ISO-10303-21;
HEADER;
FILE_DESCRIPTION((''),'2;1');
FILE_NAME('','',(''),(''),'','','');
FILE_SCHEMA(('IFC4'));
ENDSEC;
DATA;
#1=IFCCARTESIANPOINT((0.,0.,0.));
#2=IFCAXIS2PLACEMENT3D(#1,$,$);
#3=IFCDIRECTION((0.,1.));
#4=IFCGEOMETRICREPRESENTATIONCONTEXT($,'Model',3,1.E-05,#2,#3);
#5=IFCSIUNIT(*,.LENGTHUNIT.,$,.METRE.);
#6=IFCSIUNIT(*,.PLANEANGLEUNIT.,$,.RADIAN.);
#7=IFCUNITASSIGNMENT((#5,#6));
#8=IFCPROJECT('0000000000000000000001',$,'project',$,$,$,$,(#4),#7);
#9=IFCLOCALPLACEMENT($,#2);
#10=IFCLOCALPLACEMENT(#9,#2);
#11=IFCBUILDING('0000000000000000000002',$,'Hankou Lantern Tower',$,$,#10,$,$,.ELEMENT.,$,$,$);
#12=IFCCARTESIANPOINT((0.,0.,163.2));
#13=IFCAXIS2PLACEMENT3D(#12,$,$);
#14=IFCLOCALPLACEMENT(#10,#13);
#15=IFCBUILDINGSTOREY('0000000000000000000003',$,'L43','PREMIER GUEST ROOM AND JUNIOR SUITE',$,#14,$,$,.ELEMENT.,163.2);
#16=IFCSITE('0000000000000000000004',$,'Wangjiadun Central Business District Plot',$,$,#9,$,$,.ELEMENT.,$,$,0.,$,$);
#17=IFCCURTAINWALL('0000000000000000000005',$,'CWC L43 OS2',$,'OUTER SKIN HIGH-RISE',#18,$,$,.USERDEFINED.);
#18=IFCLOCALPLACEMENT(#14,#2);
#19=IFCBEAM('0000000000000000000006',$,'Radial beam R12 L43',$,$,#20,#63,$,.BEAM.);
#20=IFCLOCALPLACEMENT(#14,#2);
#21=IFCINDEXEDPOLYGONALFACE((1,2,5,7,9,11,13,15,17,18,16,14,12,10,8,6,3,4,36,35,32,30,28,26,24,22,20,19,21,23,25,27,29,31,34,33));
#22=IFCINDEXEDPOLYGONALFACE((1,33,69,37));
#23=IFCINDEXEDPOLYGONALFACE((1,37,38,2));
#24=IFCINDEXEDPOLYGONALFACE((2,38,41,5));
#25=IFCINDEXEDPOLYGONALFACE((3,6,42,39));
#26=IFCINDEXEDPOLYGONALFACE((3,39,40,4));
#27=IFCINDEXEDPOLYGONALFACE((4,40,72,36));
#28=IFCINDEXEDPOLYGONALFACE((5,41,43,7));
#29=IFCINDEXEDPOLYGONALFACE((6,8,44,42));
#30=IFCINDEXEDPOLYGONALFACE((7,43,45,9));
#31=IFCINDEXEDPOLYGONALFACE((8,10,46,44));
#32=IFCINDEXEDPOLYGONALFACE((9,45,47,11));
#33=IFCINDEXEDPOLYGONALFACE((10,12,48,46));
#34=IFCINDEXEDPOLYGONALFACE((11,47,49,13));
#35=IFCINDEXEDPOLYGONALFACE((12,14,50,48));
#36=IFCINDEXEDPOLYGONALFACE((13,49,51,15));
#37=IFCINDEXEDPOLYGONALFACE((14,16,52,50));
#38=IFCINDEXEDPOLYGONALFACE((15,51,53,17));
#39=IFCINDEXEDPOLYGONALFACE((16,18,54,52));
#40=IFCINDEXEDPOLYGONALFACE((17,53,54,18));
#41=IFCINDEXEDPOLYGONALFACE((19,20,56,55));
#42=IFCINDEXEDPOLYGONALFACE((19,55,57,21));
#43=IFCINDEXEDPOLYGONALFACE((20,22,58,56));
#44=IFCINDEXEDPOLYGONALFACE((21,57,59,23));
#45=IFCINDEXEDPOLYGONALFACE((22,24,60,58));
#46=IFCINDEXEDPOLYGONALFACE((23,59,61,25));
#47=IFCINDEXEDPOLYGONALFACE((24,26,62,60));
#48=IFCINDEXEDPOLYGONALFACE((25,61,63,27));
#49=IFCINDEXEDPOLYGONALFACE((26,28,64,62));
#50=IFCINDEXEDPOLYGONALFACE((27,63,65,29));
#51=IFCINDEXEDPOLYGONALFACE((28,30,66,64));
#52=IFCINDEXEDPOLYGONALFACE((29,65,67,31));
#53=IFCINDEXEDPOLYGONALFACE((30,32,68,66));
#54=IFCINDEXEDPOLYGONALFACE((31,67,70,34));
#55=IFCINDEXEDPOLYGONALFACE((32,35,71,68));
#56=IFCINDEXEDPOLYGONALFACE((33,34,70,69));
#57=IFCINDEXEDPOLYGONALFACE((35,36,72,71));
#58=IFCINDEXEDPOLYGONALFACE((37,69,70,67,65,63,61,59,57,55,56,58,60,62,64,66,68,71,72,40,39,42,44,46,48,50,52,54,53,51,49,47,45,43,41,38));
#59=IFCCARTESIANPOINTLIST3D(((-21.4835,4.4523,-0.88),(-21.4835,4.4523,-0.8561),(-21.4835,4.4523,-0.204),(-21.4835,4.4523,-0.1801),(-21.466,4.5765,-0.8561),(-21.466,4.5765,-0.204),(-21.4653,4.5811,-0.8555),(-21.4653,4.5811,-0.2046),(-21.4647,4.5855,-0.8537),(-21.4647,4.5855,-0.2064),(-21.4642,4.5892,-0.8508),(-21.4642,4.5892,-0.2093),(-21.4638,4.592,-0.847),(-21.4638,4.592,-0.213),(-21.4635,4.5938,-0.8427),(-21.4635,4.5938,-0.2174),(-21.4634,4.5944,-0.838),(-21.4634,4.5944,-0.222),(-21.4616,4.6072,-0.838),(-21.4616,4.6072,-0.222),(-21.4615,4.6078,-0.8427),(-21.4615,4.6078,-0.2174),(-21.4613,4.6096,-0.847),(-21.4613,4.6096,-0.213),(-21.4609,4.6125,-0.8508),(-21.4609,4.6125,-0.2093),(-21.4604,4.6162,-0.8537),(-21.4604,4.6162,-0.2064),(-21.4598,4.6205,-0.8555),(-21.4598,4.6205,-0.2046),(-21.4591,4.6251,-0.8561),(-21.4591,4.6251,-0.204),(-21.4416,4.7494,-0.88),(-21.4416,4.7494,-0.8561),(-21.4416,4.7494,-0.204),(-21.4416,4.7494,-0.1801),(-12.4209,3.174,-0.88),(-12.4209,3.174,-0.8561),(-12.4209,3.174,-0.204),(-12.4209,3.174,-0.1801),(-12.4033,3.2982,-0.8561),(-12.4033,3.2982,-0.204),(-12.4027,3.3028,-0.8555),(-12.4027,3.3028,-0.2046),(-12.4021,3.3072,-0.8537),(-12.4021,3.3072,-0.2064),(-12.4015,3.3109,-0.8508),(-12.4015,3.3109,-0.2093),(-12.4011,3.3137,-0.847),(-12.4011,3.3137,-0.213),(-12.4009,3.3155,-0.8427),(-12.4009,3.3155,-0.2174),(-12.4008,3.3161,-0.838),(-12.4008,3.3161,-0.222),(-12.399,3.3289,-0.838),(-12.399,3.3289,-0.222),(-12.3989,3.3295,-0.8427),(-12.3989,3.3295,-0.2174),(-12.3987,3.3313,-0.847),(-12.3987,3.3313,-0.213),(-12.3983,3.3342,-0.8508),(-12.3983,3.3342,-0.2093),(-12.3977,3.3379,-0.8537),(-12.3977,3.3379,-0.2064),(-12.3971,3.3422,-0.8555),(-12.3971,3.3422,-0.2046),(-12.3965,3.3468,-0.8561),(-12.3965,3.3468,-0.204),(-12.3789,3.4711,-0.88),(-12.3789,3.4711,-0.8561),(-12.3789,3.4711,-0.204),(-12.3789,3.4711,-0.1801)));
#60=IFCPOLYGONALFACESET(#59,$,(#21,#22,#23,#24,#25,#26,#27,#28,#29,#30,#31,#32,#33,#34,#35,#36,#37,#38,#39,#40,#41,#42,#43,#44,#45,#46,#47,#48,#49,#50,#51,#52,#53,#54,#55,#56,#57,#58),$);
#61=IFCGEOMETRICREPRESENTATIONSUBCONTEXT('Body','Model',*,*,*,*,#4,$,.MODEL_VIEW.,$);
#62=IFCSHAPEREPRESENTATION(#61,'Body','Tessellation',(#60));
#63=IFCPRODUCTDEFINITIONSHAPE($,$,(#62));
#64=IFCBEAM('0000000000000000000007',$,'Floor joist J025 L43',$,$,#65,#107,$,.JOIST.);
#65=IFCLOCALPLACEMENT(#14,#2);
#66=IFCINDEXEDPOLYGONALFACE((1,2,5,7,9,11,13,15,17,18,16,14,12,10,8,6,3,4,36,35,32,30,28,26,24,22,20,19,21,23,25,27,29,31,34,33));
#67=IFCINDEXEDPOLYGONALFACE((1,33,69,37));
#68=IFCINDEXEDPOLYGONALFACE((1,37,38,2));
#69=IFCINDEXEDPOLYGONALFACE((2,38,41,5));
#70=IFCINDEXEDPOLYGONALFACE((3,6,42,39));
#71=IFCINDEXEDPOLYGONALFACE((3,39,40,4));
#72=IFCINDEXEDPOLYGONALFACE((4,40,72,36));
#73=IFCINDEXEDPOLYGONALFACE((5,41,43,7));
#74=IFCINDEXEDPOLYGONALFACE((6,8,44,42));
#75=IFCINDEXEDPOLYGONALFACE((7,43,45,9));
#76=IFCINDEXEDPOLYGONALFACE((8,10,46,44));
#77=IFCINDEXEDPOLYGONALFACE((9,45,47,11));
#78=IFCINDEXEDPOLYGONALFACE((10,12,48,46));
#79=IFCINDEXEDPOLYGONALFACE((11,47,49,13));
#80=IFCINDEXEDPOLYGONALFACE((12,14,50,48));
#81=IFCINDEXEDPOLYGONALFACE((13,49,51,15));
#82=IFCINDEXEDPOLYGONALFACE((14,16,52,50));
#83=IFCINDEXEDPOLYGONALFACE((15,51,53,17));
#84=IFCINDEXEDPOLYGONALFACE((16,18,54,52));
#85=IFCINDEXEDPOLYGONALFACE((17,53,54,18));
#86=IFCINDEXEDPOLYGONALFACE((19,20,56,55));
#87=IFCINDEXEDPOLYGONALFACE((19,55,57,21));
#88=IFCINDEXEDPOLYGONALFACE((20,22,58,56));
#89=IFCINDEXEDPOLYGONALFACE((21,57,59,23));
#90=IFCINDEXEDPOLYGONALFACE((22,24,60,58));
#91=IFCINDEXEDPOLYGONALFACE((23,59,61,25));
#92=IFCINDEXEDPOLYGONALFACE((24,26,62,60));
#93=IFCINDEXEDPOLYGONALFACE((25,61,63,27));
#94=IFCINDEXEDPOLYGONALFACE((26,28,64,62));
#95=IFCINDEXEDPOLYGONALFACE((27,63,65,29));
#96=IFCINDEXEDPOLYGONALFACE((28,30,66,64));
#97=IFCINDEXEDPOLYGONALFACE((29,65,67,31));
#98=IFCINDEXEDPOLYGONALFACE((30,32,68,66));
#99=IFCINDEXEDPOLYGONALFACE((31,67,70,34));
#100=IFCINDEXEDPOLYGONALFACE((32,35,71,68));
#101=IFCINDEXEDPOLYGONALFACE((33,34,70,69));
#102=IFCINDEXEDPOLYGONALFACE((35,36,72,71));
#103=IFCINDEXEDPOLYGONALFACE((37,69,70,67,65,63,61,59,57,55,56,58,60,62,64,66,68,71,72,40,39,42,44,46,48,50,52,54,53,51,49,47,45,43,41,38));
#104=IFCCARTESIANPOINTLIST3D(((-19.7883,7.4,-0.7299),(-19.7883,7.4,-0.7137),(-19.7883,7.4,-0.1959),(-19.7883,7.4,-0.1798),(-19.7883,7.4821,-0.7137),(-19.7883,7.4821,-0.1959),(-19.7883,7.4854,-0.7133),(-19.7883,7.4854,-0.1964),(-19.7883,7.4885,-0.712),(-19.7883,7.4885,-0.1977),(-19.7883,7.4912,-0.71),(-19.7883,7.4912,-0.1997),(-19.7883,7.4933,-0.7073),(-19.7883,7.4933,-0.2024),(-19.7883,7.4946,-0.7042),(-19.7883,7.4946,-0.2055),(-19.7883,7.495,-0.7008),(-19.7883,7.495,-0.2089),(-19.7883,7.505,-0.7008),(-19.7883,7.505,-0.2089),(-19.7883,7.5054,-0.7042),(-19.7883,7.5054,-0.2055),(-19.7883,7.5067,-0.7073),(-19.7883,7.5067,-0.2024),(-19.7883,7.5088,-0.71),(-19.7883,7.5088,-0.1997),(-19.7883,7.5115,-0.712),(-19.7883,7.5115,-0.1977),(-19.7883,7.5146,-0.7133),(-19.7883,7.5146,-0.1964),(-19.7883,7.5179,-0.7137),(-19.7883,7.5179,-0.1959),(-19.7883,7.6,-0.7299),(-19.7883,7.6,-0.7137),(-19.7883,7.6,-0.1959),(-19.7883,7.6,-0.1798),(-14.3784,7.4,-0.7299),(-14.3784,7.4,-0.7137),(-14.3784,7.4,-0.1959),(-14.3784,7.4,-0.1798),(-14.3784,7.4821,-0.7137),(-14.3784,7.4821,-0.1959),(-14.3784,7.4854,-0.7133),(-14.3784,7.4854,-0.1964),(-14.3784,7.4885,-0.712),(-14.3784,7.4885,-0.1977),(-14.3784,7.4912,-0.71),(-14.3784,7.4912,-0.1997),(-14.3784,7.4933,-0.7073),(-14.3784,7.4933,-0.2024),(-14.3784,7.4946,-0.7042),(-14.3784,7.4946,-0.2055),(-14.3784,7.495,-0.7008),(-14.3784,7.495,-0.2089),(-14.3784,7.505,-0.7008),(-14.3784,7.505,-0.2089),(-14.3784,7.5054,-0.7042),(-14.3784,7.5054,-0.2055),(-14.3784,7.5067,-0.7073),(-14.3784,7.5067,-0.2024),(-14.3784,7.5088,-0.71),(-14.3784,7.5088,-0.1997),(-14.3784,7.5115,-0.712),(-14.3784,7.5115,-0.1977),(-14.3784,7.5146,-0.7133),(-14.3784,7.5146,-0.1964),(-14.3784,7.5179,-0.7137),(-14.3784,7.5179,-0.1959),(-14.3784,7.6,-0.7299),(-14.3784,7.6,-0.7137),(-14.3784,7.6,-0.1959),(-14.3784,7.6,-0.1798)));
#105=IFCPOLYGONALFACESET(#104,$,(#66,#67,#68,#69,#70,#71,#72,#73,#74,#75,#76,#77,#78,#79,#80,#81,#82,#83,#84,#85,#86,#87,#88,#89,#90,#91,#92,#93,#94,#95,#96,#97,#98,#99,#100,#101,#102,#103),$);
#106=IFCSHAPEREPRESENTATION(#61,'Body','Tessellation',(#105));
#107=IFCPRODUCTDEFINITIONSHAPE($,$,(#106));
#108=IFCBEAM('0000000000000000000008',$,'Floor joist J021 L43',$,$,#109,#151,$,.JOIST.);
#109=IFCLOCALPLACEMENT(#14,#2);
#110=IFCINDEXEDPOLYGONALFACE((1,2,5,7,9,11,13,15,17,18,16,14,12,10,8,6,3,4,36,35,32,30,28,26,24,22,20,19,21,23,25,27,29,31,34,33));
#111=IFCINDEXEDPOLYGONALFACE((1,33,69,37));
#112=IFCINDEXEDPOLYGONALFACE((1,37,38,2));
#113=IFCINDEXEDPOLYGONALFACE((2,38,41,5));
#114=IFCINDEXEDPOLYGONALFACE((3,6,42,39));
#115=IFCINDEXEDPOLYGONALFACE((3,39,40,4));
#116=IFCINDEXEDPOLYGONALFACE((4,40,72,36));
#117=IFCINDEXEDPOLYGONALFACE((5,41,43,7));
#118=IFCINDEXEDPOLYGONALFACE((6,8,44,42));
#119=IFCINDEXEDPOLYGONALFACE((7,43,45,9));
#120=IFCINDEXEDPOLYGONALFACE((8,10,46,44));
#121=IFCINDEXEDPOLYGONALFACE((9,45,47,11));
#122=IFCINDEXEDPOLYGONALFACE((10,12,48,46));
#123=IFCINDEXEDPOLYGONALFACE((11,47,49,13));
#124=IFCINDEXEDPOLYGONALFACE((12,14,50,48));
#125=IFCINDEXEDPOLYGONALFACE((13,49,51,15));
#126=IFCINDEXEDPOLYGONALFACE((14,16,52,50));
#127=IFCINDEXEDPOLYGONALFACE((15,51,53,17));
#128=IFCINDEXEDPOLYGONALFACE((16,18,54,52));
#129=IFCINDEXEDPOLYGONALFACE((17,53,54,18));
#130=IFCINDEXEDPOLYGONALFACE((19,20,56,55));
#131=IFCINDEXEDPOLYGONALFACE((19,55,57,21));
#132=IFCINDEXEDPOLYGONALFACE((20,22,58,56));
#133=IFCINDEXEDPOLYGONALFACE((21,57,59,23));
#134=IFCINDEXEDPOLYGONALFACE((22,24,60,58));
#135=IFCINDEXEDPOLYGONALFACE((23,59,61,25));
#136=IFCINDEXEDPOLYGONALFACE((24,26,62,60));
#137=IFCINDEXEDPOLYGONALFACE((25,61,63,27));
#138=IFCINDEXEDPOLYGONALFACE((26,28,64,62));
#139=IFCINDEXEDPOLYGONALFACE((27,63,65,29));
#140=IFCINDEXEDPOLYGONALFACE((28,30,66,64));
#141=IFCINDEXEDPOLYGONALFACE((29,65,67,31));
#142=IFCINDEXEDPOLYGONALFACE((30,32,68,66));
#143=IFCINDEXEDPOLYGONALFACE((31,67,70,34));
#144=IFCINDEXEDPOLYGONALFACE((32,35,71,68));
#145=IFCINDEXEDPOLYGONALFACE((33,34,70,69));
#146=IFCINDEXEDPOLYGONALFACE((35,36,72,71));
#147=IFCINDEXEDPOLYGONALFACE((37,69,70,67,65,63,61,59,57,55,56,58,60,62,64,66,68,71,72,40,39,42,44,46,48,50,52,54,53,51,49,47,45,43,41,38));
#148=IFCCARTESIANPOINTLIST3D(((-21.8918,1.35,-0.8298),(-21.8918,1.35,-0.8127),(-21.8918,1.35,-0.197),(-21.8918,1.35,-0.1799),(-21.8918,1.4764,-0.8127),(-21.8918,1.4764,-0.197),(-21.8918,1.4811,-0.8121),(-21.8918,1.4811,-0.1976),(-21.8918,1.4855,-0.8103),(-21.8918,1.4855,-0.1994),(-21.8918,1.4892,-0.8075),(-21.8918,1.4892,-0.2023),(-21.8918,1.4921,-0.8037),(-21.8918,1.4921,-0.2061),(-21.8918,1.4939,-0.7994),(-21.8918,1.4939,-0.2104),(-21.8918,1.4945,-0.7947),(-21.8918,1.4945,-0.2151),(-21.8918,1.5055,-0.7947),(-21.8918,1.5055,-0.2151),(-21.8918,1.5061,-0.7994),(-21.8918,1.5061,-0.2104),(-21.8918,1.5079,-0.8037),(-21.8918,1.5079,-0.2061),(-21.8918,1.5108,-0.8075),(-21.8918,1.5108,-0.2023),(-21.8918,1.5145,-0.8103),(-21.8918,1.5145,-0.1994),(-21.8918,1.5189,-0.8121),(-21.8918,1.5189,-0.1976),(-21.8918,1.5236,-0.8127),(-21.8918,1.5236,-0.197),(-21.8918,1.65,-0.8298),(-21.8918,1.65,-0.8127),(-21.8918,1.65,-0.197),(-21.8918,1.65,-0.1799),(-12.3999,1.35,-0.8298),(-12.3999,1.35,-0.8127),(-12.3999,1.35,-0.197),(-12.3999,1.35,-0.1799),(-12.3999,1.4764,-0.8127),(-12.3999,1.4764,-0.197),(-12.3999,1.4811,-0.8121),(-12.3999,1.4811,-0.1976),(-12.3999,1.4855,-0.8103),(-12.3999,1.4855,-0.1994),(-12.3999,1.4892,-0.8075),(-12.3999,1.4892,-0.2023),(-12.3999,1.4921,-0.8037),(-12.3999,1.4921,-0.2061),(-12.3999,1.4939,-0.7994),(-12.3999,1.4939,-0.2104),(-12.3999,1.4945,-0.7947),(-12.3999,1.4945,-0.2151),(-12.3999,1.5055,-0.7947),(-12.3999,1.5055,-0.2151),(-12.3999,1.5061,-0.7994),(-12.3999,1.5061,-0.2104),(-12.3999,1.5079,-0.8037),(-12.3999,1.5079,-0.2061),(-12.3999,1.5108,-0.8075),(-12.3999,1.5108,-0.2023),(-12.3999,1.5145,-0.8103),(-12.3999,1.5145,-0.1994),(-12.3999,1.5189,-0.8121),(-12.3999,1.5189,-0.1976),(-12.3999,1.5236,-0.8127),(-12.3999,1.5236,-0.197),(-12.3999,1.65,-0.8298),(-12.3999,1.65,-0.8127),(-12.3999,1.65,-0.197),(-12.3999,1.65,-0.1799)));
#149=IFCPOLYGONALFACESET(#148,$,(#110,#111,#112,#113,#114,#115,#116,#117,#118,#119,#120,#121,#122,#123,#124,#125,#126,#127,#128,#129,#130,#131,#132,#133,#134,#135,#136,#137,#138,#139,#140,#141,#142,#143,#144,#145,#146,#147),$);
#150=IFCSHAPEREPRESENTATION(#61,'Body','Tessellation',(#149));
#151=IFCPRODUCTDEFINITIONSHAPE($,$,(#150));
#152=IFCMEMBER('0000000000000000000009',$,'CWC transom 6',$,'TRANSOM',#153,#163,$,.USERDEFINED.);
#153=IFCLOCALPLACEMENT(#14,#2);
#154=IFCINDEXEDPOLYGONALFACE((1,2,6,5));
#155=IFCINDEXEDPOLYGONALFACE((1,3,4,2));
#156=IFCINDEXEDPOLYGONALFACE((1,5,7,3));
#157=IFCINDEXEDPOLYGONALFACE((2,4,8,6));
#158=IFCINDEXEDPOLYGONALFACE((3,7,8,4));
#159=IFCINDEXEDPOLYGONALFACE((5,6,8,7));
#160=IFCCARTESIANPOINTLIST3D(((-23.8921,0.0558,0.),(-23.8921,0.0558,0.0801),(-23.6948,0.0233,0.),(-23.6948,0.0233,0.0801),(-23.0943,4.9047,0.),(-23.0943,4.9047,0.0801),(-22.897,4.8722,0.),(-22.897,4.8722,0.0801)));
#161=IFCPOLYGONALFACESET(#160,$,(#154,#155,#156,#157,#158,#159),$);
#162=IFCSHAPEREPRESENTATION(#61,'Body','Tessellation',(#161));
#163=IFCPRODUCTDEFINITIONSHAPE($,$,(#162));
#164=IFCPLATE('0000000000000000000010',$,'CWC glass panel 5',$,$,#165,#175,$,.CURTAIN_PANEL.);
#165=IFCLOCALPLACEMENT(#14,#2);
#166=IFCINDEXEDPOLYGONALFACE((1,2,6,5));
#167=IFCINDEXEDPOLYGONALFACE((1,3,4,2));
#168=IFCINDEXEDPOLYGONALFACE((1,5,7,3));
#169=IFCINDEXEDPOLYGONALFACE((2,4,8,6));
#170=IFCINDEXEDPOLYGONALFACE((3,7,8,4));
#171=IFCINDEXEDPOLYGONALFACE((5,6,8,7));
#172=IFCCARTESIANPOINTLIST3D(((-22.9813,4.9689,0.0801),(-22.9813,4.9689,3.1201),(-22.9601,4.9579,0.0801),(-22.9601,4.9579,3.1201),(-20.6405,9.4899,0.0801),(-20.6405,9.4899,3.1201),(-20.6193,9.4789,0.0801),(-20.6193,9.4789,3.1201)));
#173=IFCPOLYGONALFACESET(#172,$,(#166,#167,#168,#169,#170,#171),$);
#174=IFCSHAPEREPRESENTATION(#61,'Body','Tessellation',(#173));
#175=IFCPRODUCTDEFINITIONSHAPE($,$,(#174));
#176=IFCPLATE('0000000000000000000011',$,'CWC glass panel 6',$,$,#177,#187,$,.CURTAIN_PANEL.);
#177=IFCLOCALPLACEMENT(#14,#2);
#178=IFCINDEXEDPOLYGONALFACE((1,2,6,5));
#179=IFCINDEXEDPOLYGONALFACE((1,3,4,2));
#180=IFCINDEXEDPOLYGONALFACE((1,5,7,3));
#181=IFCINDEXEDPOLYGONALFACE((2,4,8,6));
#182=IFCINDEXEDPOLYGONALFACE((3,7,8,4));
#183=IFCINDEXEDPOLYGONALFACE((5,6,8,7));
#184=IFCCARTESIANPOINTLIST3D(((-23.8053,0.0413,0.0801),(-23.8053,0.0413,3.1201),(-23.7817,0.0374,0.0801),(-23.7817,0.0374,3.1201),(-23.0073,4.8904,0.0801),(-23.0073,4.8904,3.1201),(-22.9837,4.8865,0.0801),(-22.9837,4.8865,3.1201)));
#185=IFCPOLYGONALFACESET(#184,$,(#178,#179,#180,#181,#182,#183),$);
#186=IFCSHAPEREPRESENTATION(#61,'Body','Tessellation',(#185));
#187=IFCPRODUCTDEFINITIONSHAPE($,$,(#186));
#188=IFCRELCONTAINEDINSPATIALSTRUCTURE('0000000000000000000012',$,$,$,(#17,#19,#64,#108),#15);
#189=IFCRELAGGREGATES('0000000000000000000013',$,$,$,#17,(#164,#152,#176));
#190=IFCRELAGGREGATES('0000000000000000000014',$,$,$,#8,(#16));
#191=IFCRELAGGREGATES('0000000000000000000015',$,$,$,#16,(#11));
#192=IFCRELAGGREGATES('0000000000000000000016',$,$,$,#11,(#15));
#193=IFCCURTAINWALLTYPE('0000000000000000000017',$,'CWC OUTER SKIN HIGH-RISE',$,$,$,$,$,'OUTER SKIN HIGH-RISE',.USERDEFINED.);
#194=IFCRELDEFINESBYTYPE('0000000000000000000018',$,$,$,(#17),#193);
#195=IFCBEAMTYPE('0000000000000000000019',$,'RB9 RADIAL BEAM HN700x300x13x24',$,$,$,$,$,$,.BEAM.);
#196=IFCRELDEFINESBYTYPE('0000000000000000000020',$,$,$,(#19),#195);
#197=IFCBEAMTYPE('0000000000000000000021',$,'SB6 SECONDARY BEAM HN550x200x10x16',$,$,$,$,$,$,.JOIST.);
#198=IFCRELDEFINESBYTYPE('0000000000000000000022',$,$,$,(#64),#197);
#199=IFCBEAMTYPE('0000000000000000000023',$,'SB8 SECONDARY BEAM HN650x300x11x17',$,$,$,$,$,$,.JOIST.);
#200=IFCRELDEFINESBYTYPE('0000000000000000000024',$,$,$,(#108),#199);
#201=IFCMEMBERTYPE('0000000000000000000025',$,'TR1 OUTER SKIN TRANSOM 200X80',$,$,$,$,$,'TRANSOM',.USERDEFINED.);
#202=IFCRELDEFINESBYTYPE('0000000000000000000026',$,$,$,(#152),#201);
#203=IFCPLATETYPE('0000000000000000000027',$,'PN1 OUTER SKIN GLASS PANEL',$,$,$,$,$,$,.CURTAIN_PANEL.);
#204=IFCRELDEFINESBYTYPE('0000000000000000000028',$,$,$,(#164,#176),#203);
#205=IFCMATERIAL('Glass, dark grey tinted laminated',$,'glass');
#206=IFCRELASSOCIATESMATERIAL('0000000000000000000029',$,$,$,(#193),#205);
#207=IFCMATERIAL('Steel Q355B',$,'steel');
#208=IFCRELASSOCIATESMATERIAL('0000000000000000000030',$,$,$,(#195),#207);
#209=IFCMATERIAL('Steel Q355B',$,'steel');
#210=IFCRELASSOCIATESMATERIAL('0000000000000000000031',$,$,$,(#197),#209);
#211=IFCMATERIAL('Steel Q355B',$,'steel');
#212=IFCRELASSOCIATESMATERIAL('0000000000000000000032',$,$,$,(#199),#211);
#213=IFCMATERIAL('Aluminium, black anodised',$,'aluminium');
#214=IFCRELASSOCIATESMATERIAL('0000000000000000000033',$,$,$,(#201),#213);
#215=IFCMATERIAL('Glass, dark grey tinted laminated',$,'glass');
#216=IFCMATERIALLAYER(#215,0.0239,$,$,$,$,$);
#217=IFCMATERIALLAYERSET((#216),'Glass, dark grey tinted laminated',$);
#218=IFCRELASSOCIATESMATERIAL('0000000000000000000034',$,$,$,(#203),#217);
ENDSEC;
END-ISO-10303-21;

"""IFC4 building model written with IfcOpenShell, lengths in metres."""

from ifc_helpers import new_model, si_unit, direction, frame, origin, origin_2d, place, context, subcontext, project, spatial, rectangle, i_section, extrude, material, layer, layer_set, material_profile, profile_set, type_object, element, aggregate, save


model = new_model("IFC4")

# Units and contexts
model_context = context("Model", 3, precision=1e-05, world=origin(), true_north=direction((0.0, 1.0)))
body_context = subcontext(model_context, "Body", "Model", "MODEL_VIEW")
ifc_project = project(units=[si_unit("LENGTHUNIT", "METRE"), si_unit("PLANEANGLEUNIT", "RADIAN")], contexts=[model_context])

# Site, building, storey
site_placement = place(None, origin())
site = spatial("IfcSite", under=ifc_project, at=site_placement, Name="Wangjiadun Central Business District Plot", CompositionType="ELEMENT", RefElevation=0.0)
building_placement = place(site_placement, origin())
building = spatial("IfcBuilding", under=site, at=building_placement, Name="Hankou Lantern Tower", CompositionType="ELEMENT")
storey_placement = place(building_placement, frame((0.0, 0.0, 163.2)))
storey = spatial("IfcBuildingStorey", under=building, at=storey_placement, Name="L43", Description="PREMIER GUEST ROOM AND JUNIOR SUITE", CompositionType="ELEMENT", Elevation=163.2)

# Curtain wall
ifc_material_1 = material(Name="Glass, dark grey tinted laminated", Category="glass")
curtain_wall_type = type_object("IfcCurtainWallType", Name="CWC OUTER SKIN HIGH-RISE", ElementType="OUTER SKIN HIGH-RISE", PredefinedType="USERDEFINED", material=ifc_material_1)
curtain_wall_placement = place(storey_placement, origin())
curtain_wall = element("IfcCurtainWall", 1, at=curtain_wall_placement, inside=storey, type_object=curtain_wall_type, Name="CWC L43 OS2", ObjectType="OUTER SKIN HIGH-RISE", PredefinedType="USERDEFINED")

# Beams
ifc_material_2 = material(Name="Steel Q355B", Category="steel")
ifc_material_profile_1 = material_profile(ifc_material_2, i_section(OverallWidth=0.3, OverallDepth=0.7, WebThickness=0.0129, FlangeThickness=0.0239, FilletRadius=0.0181, at=origin_2d()), Name="HN700x300x13x24")
ifc_profile_set_1 = profile_set([ifc_material_profile_1], Name="Steel Q355B")
beam_type_1 = type_object("IfcBeamType", Name="RB9 RADIAL BEAM HN700x300x13x24", PredefinedType="BEAM", material=ifc_profile_set_1)
beam_1_placement = place(storey_placement, frame((-12.3999, 3.3225, -0.53), z_axis=(-0.990198, 0.13967, 0.0), x_axis=(-0.13967, -0.990198, 0.0)))
element("IfcBeam", 2, at=beam_1_placement, inside=storey, type_object=beam_type_1, Name="Radial beam R12 L43", PredefinedType="BEAM", context=body_context, shape_type="SweptSolid", body=[
    extrude(i_section(OverallWidth=0.3, OverallDepth=0.7, WebThickness=0.0129, FlangeThickness=0.0239, FilletRadius=0.0181, at=origin_2d()), origin(), (0.0, 0.0, 1.0), 9.1523),
])
ifc_material_3 = material(Name="Steel Q355B", Category="steel")
ifc_material_profile_2 = material_profile(ifc_material_3, i_section(OverallWidth=0.2, OverallDepth=0.55, WebThickness=0.01, FlangeThickness=0.0161, FilletRadius=0.0129, at=origin_2d()), Name="HN550x200x10x16")
ifc_profile_set_2 = profile_set([ifc_material_profile_2], Name="Steel Q355B")
beam_type_2 = type_object("IfcBeamType", Name="SB6 SECONDARY BEAM HN550x200x10x16", PredefinedType="JOIST", material=ifc_profile_set_2)
beam_2_placement = place(storey_placement, frame((-19.7883, 7.5, -0.4548), z_axis=(1.0, 0.0, 0.0), x_axis=(0.0, 1.0, 0.0)))
element("IfcBeam", 3, at=beam_2_placement, inside=storey, type_object=beam_type_2, Name="Floor joist J025 L43", PredefinedType="JOIST", context=body_context, shape_type="SweptSolid", body=[
    extrude(i_section(OverallWidth=0.2, OverallDepth=0.55, WebThickness=0.01, FlangeThickness=0.0161, FilletRadius=0.0129, at=origin_2d()), origin(), (0.0, 0.0, 1.0), 5.4099),
])
ifc_material_4 = material(Name="Steel Q355B", Category="steel")
ifc_material_profile_3 = material_profile(ifc_material_4, i_section(OverallWidth=0.3, OverallDepth=0.6499, WebThickness=0.011, FlangeThickness=0.0171, FilletRadius=0.0181, at=origin_2d()), Name="HN650x300x11x17")
ifc_profile_set_3 = profile_set([ifc_material_profile_3], Name="Steel Q355B")
beam_type_3 = type_object("IfcBeamType", Name="SB8 SECONDARY BEAM HN650x300x11x17", PredefinedType="JOIST", material=ifc_profile_set_3)
beam_3_placement = place(storey_placement, frame((-21.8918, 1.5, -0.5049), z_axis=(1.0, 0.0, 0.0), x_axis=(0.0, 1.0, 0.0)))
element("IfcBeam", 4, at=beam_3_placement, inside=storey, type_object=beam_type_3, Name="Floor joist J021 L43", PredefinedType="JOIST", context=body_context, shape_type="SweptSolid", body=[
    extrude(i_section(OverallWidth=0.3, OverallDepth=0.6499, WebThickness=0.011, FlangeThickness=0.0171, FilletRadius=0.0181, at=origin_2d()), origin(), (0.0, 0.0, 1.0), 9.4919),
])

# Member
ifc_material_5 = material(Name="Aluminium, black anodised", Category="aluminium")
ifc_material_profile_4 = material_profile(ifc_material_5, rectangle(XDim=0.2, YDim=0.0801, at=origin_2d()), Name="TR1 200X80")
ifc_profile_set_4 = profile_set([ifc_material_profile_4], Name="Aluminium, black anodised")
member_type_1 = type_object("IfcMemberType", Name="TR1 OUTER SKIN TRANSOM 200X80", ElementType="TRANSOM", PredefinedType="USERDEFINED", material=ifc_profile_set_4)
member_1_placement = place(storey_placement, frame((-22.9956, 4.8884, 0.04), z_axis=(-0.16236, -0.986732, 0.0), x_axis=(0.986732, -0.16236, 0.0)))
member_1 = element("IfcMember", 5, at=member_1_placement, type_object=member_type_1, Name="CWC transom 6", ObjectType="TRANSOM", PredefinedType="USERDEFINED", context=body_context, shape_type="SweptSolid", body=[
    extrude(rectangle(XDim=0.2, YDim=0.0801, at=origin_2d()), origin(), (0.0, 0.0, 1.0), 4.9141),
])

# Plates
ifc_material_6 = material(Name="Glass, dark grey tinted laminated", Category="glass")
ifc_layer_1 = layer(ifc_material_6, 0.0239)
ifc_layer_set_1 = layer_set([ifc_layer_1], Name="Glass, dark grey tinted laminated")
plate_type = type_object("IfcPlateType", Name="PN1 OUTER SKIN GLASS PANEL", PredefinedType="CURTAIN_PANEL", material=ifc_layer_set_1)
plate_1_placement = place(storey_placement, frame((-21.8003, 7.2239, 0.0801), z_axis=(0.0, 0.0, 1.0), x_axis=(-0.459791, -0.888027, 0.0)))
plate_1 = element("IfcPlate", 6, at=plate_1_placement, type_object=plate_type, Name="CWC glass panel 5", PredefinedType="CURTAIN_PANEL", context=body_context, shape_type="SweptSolid", body=[
    extrude(rectangle(XDim=5.0911, YDim=0.0239, at=origin_2d()), origin(), (0.0, 0.0, 1.0), 3.04),
])
plate_2_placement = place(storey_placement, frame((-23.3945, 2.4639, 0.0801), z_axis=(0.0, 0.0, 1.0), x_axis=(-0.162382, -0.986728, 0.0)))
plate_2 = element("IfcPlate", 7, at=plate_2_placement, type_object=plate_type, Name="CWC glass panel 6", PredefinedType="CURTAIN_PANEL", context=body_context, shape_type="SweptSolid", body=[
    extrude(rectangle(XDim=4.9143, YDim=0.0239, at=origin_2d()), origin(), (0.0, 0.0, 1.0), 3.04),
])
aggregate(curtain_wall, [plate_1, member_1, plate_2])

save(model, "model.ifc")
